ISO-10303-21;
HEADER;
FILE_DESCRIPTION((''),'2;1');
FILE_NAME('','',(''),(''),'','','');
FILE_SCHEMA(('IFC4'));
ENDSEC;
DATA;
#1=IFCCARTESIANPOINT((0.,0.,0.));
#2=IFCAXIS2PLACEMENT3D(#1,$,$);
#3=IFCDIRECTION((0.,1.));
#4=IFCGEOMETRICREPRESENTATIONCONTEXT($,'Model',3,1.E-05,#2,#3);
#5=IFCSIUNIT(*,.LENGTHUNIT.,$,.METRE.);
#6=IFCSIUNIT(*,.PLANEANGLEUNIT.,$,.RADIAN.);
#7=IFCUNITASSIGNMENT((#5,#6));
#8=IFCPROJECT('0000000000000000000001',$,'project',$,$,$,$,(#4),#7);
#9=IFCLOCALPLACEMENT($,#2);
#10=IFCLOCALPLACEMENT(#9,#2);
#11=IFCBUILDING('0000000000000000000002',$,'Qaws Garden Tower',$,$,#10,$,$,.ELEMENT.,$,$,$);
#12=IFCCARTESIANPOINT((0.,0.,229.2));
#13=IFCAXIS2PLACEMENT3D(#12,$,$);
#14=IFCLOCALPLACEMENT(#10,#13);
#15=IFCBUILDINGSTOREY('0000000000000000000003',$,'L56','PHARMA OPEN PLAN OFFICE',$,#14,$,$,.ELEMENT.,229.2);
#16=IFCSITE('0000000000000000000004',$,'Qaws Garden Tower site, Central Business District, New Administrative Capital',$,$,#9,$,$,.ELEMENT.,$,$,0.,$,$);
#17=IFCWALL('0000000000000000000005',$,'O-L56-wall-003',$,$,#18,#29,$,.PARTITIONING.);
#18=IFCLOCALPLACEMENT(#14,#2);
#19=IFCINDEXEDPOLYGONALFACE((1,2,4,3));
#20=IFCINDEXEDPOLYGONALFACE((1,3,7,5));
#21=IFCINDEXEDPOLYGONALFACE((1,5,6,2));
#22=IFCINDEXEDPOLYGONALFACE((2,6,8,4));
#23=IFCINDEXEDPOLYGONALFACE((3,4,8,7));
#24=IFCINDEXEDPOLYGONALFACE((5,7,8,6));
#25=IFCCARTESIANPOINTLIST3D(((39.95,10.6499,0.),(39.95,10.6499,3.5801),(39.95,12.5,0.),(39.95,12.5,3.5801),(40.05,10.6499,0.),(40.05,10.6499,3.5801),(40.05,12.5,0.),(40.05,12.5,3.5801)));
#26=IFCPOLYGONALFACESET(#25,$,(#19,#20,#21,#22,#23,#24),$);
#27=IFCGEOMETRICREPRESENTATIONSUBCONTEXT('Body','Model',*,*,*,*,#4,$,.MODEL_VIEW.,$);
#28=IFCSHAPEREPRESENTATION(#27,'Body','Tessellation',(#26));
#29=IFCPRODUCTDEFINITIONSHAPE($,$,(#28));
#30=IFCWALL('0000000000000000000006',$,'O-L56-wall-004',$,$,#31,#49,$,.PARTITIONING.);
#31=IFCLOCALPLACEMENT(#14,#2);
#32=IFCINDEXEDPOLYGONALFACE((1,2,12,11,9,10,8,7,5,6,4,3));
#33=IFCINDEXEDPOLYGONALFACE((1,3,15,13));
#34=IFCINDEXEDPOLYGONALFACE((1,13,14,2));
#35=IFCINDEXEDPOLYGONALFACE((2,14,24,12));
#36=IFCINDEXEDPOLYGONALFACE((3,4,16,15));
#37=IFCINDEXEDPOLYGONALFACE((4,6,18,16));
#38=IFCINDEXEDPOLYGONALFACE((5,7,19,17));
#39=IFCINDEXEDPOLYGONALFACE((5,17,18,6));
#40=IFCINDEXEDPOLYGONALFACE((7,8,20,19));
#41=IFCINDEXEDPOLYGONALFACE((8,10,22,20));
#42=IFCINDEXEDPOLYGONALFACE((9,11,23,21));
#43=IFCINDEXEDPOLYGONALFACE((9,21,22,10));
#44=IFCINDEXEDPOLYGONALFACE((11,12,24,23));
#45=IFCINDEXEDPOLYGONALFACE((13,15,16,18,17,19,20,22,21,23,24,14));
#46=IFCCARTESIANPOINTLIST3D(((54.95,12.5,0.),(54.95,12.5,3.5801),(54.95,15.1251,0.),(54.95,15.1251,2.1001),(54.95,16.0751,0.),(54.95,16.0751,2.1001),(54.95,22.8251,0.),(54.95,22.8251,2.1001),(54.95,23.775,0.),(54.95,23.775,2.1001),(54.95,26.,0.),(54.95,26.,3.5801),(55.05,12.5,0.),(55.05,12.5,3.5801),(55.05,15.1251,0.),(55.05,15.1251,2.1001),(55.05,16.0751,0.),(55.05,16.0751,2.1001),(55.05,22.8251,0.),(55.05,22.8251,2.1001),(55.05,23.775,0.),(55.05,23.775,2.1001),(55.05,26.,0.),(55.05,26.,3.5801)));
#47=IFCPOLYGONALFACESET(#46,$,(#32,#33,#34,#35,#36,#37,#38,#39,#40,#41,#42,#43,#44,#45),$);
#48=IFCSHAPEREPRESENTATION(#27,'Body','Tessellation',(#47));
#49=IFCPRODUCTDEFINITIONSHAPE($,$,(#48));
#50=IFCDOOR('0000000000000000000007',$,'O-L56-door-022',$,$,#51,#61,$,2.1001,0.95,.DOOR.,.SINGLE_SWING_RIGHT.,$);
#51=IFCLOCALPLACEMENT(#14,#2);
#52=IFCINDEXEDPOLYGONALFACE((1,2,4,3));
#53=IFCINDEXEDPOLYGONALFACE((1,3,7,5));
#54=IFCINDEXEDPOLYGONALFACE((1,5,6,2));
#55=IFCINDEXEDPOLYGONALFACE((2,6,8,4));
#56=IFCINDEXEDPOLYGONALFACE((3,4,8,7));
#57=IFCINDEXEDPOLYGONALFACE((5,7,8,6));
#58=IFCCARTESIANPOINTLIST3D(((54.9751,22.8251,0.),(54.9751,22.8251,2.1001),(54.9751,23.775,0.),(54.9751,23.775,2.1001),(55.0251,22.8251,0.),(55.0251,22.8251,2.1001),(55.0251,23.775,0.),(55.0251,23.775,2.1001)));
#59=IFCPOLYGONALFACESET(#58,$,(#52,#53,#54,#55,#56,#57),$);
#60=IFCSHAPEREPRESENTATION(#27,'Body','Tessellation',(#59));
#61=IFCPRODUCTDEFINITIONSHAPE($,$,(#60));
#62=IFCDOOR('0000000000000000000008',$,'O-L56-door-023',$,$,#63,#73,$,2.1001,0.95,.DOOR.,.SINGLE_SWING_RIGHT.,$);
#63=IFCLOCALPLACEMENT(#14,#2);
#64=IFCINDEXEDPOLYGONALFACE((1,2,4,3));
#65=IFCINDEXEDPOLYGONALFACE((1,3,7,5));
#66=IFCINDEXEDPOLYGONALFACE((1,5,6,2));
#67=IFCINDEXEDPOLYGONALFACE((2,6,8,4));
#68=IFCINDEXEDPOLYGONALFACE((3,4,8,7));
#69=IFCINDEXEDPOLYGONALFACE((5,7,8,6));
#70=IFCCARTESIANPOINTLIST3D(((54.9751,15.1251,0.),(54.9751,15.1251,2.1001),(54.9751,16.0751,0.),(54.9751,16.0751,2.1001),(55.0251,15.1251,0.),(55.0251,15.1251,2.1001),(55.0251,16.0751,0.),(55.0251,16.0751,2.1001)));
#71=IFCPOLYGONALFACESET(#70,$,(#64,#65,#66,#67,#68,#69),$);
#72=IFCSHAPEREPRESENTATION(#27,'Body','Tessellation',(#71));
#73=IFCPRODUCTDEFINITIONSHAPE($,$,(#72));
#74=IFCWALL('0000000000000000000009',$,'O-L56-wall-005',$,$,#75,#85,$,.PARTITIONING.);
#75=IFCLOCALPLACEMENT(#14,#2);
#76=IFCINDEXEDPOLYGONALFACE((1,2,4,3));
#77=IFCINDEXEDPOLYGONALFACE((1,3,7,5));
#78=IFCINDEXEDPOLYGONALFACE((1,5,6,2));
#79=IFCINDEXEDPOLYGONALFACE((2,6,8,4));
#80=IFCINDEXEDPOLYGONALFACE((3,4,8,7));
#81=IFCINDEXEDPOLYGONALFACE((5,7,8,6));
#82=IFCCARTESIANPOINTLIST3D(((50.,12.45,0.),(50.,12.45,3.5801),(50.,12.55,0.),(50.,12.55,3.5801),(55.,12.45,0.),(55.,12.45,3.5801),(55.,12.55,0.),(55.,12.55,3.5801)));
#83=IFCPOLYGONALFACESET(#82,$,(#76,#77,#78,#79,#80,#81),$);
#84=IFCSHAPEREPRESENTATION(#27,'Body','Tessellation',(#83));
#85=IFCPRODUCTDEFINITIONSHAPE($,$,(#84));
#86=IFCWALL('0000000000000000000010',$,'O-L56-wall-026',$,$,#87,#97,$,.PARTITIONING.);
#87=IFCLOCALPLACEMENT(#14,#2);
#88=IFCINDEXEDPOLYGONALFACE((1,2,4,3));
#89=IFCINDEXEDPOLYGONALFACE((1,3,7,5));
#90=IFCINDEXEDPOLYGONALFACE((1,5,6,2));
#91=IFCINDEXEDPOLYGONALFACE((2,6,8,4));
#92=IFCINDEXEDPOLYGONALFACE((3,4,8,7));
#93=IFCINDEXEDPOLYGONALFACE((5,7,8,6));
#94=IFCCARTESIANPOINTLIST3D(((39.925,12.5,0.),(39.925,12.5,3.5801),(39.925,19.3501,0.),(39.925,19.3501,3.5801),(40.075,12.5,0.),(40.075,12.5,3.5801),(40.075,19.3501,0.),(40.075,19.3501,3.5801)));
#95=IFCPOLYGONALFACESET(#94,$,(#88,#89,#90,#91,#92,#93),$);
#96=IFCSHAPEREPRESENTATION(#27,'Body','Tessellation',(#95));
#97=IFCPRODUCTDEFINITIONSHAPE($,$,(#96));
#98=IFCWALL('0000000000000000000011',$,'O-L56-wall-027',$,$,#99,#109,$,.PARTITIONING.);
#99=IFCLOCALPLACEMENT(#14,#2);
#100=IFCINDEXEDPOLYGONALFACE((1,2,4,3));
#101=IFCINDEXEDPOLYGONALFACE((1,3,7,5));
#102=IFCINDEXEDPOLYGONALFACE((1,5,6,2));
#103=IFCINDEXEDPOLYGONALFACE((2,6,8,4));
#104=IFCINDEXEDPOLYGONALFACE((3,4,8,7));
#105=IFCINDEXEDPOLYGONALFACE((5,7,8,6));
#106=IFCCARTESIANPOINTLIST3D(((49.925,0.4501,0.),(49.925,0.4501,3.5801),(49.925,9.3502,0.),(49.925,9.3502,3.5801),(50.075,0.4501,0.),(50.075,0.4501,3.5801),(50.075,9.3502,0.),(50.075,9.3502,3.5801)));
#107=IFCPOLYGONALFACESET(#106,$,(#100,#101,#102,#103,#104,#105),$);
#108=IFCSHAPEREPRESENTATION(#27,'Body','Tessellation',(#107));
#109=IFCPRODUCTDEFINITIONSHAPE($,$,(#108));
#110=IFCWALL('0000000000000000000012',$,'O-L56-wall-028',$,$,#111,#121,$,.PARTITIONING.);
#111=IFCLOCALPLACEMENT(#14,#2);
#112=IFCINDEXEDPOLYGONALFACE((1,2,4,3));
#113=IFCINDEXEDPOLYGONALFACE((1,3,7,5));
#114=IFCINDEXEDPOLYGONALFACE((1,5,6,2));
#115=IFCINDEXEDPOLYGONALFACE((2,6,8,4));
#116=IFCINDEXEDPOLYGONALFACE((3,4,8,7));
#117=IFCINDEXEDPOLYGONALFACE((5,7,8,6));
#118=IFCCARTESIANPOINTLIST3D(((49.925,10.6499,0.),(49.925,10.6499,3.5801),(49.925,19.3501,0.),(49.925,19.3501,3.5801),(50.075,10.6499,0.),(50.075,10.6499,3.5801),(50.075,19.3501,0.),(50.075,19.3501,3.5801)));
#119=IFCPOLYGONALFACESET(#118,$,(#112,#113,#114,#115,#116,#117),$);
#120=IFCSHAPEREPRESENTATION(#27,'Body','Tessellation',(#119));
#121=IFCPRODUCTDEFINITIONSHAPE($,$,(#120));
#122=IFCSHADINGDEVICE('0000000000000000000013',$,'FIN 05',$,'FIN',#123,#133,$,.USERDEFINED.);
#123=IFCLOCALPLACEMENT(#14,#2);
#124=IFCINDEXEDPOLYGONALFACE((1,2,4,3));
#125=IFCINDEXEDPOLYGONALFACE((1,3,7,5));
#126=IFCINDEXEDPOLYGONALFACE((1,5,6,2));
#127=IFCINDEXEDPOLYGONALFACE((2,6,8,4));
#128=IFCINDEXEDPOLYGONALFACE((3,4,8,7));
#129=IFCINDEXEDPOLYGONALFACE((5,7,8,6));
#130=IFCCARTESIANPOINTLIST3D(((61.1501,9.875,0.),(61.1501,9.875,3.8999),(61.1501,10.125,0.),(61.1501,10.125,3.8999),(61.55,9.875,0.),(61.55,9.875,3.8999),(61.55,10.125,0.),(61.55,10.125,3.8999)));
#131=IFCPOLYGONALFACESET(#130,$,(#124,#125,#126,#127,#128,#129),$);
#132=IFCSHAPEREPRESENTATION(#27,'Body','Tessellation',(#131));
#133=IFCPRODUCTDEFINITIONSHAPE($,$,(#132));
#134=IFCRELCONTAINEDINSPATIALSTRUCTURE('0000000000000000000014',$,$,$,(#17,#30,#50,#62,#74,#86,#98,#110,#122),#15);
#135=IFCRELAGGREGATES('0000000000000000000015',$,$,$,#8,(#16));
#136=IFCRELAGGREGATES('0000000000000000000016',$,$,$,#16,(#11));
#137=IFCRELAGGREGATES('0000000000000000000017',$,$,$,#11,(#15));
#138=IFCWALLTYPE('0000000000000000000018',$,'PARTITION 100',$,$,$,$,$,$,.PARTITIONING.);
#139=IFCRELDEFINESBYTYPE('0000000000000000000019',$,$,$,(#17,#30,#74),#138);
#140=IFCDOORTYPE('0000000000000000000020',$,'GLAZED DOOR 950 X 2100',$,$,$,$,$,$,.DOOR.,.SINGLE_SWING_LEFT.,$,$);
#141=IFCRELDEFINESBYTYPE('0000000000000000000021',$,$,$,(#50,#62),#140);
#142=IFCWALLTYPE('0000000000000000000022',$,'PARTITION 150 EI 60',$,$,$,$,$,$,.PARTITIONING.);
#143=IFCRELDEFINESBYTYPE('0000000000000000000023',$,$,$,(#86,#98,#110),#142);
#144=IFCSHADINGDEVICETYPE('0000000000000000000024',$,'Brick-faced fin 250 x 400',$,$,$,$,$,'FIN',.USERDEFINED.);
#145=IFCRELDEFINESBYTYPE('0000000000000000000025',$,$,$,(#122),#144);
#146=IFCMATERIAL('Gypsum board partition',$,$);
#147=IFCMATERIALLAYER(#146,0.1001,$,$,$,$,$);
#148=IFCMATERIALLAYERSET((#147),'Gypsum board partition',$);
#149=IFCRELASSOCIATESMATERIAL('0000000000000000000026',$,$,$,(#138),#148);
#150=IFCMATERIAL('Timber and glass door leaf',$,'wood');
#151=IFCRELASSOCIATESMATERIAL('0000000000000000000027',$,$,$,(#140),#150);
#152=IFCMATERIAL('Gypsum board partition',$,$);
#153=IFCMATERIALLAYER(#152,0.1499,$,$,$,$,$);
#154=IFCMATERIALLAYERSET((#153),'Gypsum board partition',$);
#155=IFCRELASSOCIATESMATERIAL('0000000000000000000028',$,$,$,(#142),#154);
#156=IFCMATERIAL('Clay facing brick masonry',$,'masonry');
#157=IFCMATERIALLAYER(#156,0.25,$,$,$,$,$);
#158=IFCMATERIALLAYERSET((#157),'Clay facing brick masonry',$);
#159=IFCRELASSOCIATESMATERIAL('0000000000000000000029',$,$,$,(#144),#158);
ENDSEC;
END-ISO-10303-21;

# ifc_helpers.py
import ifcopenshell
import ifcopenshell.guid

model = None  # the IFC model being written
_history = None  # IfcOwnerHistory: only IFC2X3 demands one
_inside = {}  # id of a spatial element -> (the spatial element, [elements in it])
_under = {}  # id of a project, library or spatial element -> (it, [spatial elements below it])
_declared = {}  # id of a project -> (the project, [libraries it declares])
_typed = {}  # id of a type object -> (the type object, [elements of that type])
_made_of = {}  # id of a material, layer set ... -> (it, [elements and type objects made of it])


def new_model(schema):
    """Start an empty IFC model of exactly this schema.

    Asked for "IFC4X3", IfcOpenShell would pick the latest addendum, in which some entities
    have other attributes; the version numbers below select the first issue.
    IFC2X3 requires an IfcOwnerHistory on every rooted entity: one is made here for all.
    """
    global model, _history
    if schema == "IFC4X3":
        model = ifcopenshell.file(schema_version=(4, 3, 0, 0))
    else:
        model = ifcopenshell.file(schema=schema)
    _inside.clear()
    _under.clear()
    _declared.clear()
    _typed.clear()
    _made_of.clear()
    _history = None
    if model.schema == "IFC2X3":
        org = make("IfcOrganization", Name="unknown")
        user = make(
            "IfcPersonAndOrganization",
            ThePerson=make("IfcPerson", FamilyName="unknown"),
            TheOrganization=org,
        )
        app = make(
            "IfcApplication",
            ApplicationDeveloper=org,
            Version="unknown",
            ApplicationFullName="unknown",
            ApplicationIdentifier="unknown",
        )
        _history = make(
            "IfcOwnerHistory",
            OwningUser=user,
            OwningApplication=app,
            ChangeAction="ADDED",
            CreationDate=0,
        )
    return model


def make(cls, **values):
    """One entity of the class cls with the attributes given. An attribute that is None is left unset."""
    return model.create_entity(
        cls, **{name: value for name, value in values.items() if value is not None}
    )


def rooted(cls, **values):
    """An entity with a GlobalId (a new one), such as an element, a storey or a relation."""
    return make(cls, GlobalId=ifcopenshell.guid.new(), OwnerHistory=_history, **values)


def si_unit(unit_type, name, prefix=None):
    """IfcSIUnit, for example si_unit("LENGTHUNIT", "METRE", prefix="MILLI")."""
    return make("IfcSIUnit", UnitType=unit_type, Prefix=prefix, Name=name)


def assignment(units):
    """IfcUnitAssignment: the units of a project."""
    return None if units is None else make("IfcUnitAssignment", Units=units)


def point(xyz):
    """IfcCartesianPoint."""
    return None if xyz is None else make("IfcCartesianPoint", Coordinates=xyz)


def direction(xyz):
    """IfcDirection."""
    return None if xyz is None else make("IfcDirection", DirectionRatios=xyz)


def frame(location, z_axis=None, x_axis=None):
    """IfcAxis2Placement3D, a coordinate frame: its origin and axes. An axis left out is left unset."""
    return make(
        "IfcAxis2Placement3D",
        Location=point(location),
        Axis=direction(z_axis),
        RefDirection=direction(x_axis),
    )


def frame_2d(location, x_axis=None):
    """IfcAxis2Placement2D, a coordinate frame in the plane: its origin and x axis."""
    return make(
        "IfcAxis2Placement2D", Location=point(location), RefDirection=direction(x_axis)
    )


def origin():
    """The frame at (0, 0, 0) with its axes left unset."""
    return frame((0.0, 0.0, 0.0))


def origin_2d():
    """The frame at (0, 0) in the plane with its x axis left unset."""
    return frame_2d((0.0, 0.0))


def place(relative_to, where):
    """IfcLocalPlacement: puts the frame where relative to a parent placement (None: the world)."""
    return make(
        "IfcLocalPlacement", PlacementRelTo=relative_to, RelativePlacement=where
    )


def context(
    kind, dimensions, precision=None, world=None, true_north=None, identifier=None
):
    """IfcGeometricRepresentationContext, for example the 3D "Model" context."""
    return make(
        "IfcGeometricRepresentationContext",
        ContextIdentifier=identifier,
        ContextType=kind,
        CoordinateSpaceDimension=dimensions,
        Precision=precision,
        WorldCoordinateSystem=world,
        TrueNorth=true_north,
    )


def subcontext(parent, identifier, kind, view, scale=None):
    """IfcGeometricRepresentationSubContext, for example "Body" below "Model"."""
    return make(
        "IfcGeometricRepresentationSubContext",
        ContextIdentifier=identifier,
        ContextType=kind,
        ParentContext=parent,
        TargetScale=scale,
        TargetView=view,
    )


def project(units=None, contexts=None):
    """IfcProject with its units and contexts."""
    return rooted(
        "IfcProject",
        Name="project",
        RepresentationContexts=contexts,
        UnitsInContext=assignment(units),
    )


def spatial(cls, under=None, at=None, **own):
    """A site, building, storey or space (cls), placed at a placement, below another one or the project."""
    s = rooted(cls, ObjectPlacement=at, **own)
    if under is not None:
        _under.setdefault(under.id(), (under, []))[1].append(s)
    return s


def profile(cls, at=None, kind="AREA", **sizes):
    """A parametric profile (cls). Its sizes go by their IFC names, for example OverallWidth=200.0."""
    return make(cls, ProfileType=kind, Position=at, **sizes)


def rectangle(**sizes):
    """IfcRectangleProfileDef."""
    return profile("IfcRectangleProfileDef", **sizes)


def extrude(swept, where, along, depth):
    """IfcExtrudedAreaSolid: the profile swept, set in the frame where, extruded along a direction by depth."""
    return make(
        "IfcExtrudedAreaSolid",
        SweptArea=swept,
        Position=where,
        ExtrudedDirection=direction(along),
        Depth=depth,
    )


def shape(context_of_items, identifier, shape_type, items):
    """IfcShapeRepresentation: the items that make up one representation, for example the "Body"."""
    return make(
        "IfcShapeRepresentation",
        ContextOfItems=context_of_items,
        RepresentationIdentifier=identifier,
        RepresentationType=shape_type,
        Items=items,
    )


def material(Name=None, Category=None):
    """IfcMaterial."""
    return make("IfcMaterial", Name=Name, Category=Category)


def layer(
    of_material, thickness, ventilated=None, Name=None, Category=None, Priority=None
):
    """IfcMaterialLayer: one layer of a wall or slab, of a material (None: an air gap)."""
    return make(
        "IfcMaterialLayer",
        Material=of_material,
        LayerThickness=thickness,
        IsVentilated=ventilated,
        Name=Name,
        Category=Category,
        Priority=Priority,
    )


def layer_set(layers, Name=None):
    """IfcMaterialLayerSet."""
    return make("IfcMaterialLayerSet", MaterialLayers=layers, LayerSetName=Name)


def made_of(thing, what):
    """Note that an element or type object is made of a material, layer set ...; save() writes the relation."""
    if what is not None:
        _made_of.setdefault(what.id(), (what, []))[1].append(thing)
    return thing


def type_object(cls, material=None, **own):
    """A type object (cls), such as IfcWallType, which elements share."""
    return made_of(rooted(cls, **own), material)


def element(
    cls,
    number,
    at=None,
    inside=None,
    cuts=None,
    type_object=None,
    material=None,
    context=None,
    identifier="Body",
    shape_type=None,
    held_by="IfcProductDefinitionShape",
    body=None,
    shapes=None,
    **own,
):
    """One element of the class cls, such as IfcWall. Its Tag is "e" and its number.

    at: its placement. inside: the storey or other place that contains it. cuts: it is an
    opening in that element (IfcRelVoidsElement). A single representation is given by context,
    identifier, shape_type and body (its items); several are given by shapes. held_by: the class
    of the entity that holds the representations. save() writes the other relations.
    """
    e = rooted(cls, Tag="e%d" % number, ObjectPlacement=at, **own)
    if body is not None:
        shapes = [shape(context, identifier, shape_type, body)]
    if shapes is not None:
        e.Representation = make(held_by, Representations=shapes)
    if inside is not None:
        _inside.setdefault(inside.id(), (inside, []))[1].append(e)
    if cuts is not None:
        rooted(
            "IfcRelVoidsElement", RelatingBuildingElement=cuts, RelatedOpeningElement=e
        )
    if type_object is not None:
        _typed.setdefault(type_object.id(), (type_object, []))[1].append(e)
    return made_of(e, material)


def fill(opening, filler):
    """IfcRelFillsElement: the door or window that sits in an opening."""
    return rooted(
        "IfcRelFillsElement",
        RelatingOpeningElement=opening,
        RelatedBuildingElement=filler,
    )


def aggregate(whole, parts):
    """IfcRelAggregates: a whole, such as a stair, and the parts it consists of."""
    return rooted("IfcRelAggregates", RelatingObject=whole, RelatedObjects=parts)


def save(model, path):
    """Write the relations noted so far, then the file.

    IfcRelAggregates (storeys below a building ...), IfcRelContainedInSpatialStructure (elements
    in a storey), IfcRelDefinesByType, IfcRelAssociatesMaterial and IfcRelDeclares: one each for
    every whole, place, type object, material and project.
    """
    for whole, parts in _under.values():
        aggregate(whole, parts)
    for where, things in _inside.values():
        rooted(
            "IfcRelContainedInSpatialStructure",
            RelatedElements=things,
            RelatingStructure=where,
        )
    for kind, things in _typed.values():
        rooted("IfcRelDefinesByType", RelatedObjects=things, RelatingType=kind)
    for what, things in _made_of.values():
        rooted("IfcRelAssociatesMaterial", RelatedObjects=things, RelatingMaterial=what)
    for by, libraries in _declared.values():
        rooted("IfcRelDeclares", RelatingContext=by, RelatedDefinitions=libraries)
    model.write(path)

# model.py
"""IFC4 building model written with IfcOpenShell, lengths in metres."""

from ifc_helpers import new_model, si_unit, direction, frame, frame_2d, origin, origin_2d, place, context, subcontext, project, spatial, rectangle, extrude, material, layer, layer_set, type_object, element, fill, save


model = new_model("IFC4")

# Units and contexts
model_context = context("Model", 3, precision=1e-05, world=origin(), true_north=direction((0.0, 1.0)))
body_context = subcontext(model_context, "Body", "Model", "MODEL_VIEW")
ifc_project = project(units=[si_unit("LENGTHUNIT", "METRE"), si_unit("PLANEANGLEUNIT", "RADIAN")], contexts=[model_context])

# Site, building, storey
site_placement = place(None, origin())
site = spatial("IfcSite", under=ifc_project, at=site_placement, Name="Qaws Garden Tower site, Central Business District, New Administrative Capital", CompositionType="ELEMENT", RefElevation=0.0)
building_placement = place(site_placement, origin())
building = spatial("IfcBuilding", under=site, at=building_placement, Name="Qaws Garden Tower", CompositionType="ELEMENT")
storey_placement = place(building_placement, frame((0.0, 0.0, 229.2)))
storey = spatial("IfcBuildingStorey", under=building, at=storey_placement, Name="L56", Description="PHARMA OPEN PLAN OFFICE", CompositionType="ELEMENT", Elevation=229.2)

# Wall
ifc_material_1 = material(Name="Gypsum board partition")
ifc_layer_1 = layer(ifc_material_1, 0.1001)
ifc_layer_set_1 = layer_set([ifc_layer_1], Name="Gypsum board partition")
wall_type_1 = type_object("IfcWallType", Name="PARTITION 100", PredefinedType="PARTITIONING", material=ifc_layer_set_1)
wall_1_placement = place(storey_placement, frame((40.0, 10.6499, 0.0), z_axis=(0.0, 0.0, 1.0), x_axis=(0.0, 1.0, 0.0)))
element("IfcWall", 1, at=wall_1_placement, inside=storey, type_object=wall_type_1, Name="O-L56-wall-003", PredefinedType="PARTITIONING", context=body_context, shape_type="SweptSolid", body=[
    extrude(rectangle(XDim=1.8501, YDim=0.1001, at=frame_2d((0.925, 0.0))), origin(), (0.0, 0.0, 1.0), 3.5801),
])

# Wall, openings, doors
wall_2_placement = place(storey_placement, frame((55.0, 12.5, 0.0), z_axis=(0.0, 0.0, 1.0), x_axis=(0.0, 1.0, 0.0)))
wall_2 = element("IfcWall", 2, at=wall_2_placement, inside=storey, type_object=wall_type_1, Name="O-L56-wall-004", PredefinedType="PARTITIONING", context=body_context, shape_type="SweptSolid", body=[
    extrude(rectangle(XDim=13.5, YDim=0.1001, at=frame_2d((6.75, 0.0))), origin(), (0.0, 0.0, 1.0), 3.5801),
])
opening_1_placement = place(wall_2_placement, frame((10.325, 0.0, 0.0)))
opening_1 = element("IfcOpeningElement", 3, at=opening_1_placement, cuts=wall_2, PredefinedType="OPENING", context=body_context, shape_type="SweptSolid", body=[
    extrude(rectangle(XDim=0.95, YDim=2.1001, at=frame_2d((0.4751, 1.05))), frame((0.0, 0.0601, 0.0), z_axis=(0.0, -1.0, 0.0), x_axis=(1.0, 0.0, 0.0)), (0.0, 0.0, 1.0), 0.1201),
])
opening_2_placement = place(wall_2_placement, frame((2.625, 0.0, 0.0)))
opening_2 = element("IfcOpeningElement", 4, at=opening_2_placement, cuts=wall_2, PredefinedType="OPENING", context=body_context, shape_type="SweptSolid", body=[
    extrude(rectangle(XDim=0.95, YDim=2.1001, at=frame_2d((0.4751, 1.05))), frame((0.0, 0.0601, 0.0), z_axis=(0.0, -1.0, 0.0), x_axis=(1.0, 0.0, 0.0)), (0.0, 0.0, 1.0), 0.1201),
])
ifc_material_2 = material(Name="Timber and glass door leaf", Category="wood")
door_type = type_object("IfcDoorType", Name="GLAZED DOOR 950 X 2100", OperationType="SINGLE_SWING_LEFT", PredefinedType="DOOR", material=ifc_material_2)
door_1_placement = place(opening_1_placement, origin())
door_1 = element("IfcDoor", 5, at=door_1_placement, inside=storey, type_object=door_type, Name="O-L56-door-022", OperationType="SINGLE_SWING_RIGHT", OverallHeight=2.1001, OverallWidth=0.95, PredefinedType="DOOR", context=body_context, shape_type="SweptSolid", body=[
    extrude(rectangle(XDim=0.95, YDim=2.1001, at=frame_2d((0.4751, 1.05))), frame((0.0, 0.0249, 0.0), z_axis=(0.0, -1.0, 0.0), x_axis=(1.0, 0.0, 0.0)), (0.0, 0.0, 1.0), 0.05),
])
fill(opening_1, door_1)
door_2_placement = place(opening_2_placement, origin())
door_2 = element("IfcDoor", 6, at=door_2_placement, inside=storey, type_object=door_type, Name="O-L56-door-023", OperationType="SINGLE_SWING_RIGHT", OverallHeight=2.1001, OverallWidth=0.95, PredefinedType="DOOR", context=body_context, shape_type="SweptSolid", body=[
    extrude(rectangle(XDim=0.95, YDim=2.1001, at=frame_2d((0.4751, 1.05))), frame((0.0, 0.0249, 0.0), z_axis=(0.0, -1.0, 0.0), x_axis=(1.0, 0.0, 0.0)), (0.0, 0.0, 1.0), 0.05),
])
fill(opening_2, door_2)

# Walls
wall_3_placement = place(storey_placement, frame((50.0, 12.5, 0.0), z_axis=(0.0, 0.0, 1.0), x_axis=(1.0, 0.0, 0.0)))
element("IfcWall", 7, at=wall_3_placement, inside=storey, type_object=wall_type_1, Name="O-L56-wall-005", PredefinedType="PARTITIONING", context=body_context, shape_type="SweptSolid", body=[
    extrude(rectangle(XDim=5.0, YDim=0.1001, at=frame_2d((2.5, 0.0))), origin(), (0.0, 0.0, 1.0), 3.5801),
])
ifc_material_3 = material(Name="Gypsum board partition")
ifc_layer_2 = layer(ifc_material_3, 0.1499)
ifc_layer_set_2 = layer_set([ifc_layer_2], Name="Gypsum board partition")
wall_type_2 = type_object("IfcWallType", Name="PARTITION 150 EI 60", PredefinedType="PARTITIONING", material=ifc_layer_set_2)
wall_4_placement = place(storey_placement, frame((40.0, 12.5, 0.0), z_axis=(0.0, 0.0, 1.0), x_axis=(0.0, 1.0, 0.0)))
element("IfcWall", 8, at=wall_4_placement, inside=storey, type_object=wall_type_2, Name="O-L56-wall-026", PredefinedType="PARTITIONING", context=body_context, shape_type="SweptSolid", body=[
    extrude(rectangle(XDim=6.8501, YDim=0.1499, at=frame_2d((3.425, 0.0))), origin(), (0.0, 0.0, 1.0), 3.5801),
])
wall_5_placement = place(storey_placement, frame((50.0, 0.45, 0.0), z_axis=(0.0, 0.0, 1.0), x_axis=(0.0, 1.0, 0.0)))
element("IfcWall", 9, at=wall_5_placement, inside=storey, type_object=wall_type_2, Name="O-L56-wall-027", PredefinedType="PARTITIONING", context=body_context, shape_type="SweptSolid", body=[
    extrude(rectangle(XDim=8.9001, YDim=0.1499, at=frame_2d((4.4502, 0.0))), origin(), (0.0, 0.0, 1.0), 3.5801),
])
wall_6_placement = place(storey_placement, frame((50.0, 10.6499, 0.0), z_axis=(0.0, 0.0, 1.0), x_axis=(0.0, 1.0, 0.0)))
element("IfcWall", 10, at=wall_6_placement, inside=storey, type_object=wall_type_2, Name="O-L56-wall-028", PredefinedType="PARTITIONING", context=body_context, shape_type="SweptSolid", body=[
    extrude(rectangle(XDim=8.7002, YDim=0.1499, at=frame_2d((4.3501, 0.0))), origin(), (0.0, 0.0, 1.0), 3.5801),
])

# Shading device
ifc_material_4 = material(Name="Clay facing brick masonry", Category="masonry")
ifc_layer_3 = layer(ifc_material_4, 0.25)
ifc_layer_set_3 = layer_set([ifc_layer_3], Name="Clay facing brick masonry")
shading_device_type = type_object("IfcShadingDeviceType", Name="Brick-faced fin 250 x 400", ElementType="FIN", PredefinedType="USERDEFINED", material=ifc_layer_set_3)
shading_device_placement = place(storey_placement, frame((61.3501, 10.0, 0.0), z_axis=(0.0, 0.0, 1.0), x_axis=(0.0, 1.0, 0.0)))
element("IfcShadingDevice", 11, at=shading_device_placement, inside=storey, type_object=shading_device_type, Name="FIN 05", ObjectType="FIN", PredefinedType="USERDEFINED", context=body_context, shape_type="SweptSolid", body=[
    extrude(rectangle(XDim=0.25, YDim=0.3999, at=origin_2d()), origin(), (0.0, 0.0, 1.0), 3.8999),
])

save(model, "model.ifc")
